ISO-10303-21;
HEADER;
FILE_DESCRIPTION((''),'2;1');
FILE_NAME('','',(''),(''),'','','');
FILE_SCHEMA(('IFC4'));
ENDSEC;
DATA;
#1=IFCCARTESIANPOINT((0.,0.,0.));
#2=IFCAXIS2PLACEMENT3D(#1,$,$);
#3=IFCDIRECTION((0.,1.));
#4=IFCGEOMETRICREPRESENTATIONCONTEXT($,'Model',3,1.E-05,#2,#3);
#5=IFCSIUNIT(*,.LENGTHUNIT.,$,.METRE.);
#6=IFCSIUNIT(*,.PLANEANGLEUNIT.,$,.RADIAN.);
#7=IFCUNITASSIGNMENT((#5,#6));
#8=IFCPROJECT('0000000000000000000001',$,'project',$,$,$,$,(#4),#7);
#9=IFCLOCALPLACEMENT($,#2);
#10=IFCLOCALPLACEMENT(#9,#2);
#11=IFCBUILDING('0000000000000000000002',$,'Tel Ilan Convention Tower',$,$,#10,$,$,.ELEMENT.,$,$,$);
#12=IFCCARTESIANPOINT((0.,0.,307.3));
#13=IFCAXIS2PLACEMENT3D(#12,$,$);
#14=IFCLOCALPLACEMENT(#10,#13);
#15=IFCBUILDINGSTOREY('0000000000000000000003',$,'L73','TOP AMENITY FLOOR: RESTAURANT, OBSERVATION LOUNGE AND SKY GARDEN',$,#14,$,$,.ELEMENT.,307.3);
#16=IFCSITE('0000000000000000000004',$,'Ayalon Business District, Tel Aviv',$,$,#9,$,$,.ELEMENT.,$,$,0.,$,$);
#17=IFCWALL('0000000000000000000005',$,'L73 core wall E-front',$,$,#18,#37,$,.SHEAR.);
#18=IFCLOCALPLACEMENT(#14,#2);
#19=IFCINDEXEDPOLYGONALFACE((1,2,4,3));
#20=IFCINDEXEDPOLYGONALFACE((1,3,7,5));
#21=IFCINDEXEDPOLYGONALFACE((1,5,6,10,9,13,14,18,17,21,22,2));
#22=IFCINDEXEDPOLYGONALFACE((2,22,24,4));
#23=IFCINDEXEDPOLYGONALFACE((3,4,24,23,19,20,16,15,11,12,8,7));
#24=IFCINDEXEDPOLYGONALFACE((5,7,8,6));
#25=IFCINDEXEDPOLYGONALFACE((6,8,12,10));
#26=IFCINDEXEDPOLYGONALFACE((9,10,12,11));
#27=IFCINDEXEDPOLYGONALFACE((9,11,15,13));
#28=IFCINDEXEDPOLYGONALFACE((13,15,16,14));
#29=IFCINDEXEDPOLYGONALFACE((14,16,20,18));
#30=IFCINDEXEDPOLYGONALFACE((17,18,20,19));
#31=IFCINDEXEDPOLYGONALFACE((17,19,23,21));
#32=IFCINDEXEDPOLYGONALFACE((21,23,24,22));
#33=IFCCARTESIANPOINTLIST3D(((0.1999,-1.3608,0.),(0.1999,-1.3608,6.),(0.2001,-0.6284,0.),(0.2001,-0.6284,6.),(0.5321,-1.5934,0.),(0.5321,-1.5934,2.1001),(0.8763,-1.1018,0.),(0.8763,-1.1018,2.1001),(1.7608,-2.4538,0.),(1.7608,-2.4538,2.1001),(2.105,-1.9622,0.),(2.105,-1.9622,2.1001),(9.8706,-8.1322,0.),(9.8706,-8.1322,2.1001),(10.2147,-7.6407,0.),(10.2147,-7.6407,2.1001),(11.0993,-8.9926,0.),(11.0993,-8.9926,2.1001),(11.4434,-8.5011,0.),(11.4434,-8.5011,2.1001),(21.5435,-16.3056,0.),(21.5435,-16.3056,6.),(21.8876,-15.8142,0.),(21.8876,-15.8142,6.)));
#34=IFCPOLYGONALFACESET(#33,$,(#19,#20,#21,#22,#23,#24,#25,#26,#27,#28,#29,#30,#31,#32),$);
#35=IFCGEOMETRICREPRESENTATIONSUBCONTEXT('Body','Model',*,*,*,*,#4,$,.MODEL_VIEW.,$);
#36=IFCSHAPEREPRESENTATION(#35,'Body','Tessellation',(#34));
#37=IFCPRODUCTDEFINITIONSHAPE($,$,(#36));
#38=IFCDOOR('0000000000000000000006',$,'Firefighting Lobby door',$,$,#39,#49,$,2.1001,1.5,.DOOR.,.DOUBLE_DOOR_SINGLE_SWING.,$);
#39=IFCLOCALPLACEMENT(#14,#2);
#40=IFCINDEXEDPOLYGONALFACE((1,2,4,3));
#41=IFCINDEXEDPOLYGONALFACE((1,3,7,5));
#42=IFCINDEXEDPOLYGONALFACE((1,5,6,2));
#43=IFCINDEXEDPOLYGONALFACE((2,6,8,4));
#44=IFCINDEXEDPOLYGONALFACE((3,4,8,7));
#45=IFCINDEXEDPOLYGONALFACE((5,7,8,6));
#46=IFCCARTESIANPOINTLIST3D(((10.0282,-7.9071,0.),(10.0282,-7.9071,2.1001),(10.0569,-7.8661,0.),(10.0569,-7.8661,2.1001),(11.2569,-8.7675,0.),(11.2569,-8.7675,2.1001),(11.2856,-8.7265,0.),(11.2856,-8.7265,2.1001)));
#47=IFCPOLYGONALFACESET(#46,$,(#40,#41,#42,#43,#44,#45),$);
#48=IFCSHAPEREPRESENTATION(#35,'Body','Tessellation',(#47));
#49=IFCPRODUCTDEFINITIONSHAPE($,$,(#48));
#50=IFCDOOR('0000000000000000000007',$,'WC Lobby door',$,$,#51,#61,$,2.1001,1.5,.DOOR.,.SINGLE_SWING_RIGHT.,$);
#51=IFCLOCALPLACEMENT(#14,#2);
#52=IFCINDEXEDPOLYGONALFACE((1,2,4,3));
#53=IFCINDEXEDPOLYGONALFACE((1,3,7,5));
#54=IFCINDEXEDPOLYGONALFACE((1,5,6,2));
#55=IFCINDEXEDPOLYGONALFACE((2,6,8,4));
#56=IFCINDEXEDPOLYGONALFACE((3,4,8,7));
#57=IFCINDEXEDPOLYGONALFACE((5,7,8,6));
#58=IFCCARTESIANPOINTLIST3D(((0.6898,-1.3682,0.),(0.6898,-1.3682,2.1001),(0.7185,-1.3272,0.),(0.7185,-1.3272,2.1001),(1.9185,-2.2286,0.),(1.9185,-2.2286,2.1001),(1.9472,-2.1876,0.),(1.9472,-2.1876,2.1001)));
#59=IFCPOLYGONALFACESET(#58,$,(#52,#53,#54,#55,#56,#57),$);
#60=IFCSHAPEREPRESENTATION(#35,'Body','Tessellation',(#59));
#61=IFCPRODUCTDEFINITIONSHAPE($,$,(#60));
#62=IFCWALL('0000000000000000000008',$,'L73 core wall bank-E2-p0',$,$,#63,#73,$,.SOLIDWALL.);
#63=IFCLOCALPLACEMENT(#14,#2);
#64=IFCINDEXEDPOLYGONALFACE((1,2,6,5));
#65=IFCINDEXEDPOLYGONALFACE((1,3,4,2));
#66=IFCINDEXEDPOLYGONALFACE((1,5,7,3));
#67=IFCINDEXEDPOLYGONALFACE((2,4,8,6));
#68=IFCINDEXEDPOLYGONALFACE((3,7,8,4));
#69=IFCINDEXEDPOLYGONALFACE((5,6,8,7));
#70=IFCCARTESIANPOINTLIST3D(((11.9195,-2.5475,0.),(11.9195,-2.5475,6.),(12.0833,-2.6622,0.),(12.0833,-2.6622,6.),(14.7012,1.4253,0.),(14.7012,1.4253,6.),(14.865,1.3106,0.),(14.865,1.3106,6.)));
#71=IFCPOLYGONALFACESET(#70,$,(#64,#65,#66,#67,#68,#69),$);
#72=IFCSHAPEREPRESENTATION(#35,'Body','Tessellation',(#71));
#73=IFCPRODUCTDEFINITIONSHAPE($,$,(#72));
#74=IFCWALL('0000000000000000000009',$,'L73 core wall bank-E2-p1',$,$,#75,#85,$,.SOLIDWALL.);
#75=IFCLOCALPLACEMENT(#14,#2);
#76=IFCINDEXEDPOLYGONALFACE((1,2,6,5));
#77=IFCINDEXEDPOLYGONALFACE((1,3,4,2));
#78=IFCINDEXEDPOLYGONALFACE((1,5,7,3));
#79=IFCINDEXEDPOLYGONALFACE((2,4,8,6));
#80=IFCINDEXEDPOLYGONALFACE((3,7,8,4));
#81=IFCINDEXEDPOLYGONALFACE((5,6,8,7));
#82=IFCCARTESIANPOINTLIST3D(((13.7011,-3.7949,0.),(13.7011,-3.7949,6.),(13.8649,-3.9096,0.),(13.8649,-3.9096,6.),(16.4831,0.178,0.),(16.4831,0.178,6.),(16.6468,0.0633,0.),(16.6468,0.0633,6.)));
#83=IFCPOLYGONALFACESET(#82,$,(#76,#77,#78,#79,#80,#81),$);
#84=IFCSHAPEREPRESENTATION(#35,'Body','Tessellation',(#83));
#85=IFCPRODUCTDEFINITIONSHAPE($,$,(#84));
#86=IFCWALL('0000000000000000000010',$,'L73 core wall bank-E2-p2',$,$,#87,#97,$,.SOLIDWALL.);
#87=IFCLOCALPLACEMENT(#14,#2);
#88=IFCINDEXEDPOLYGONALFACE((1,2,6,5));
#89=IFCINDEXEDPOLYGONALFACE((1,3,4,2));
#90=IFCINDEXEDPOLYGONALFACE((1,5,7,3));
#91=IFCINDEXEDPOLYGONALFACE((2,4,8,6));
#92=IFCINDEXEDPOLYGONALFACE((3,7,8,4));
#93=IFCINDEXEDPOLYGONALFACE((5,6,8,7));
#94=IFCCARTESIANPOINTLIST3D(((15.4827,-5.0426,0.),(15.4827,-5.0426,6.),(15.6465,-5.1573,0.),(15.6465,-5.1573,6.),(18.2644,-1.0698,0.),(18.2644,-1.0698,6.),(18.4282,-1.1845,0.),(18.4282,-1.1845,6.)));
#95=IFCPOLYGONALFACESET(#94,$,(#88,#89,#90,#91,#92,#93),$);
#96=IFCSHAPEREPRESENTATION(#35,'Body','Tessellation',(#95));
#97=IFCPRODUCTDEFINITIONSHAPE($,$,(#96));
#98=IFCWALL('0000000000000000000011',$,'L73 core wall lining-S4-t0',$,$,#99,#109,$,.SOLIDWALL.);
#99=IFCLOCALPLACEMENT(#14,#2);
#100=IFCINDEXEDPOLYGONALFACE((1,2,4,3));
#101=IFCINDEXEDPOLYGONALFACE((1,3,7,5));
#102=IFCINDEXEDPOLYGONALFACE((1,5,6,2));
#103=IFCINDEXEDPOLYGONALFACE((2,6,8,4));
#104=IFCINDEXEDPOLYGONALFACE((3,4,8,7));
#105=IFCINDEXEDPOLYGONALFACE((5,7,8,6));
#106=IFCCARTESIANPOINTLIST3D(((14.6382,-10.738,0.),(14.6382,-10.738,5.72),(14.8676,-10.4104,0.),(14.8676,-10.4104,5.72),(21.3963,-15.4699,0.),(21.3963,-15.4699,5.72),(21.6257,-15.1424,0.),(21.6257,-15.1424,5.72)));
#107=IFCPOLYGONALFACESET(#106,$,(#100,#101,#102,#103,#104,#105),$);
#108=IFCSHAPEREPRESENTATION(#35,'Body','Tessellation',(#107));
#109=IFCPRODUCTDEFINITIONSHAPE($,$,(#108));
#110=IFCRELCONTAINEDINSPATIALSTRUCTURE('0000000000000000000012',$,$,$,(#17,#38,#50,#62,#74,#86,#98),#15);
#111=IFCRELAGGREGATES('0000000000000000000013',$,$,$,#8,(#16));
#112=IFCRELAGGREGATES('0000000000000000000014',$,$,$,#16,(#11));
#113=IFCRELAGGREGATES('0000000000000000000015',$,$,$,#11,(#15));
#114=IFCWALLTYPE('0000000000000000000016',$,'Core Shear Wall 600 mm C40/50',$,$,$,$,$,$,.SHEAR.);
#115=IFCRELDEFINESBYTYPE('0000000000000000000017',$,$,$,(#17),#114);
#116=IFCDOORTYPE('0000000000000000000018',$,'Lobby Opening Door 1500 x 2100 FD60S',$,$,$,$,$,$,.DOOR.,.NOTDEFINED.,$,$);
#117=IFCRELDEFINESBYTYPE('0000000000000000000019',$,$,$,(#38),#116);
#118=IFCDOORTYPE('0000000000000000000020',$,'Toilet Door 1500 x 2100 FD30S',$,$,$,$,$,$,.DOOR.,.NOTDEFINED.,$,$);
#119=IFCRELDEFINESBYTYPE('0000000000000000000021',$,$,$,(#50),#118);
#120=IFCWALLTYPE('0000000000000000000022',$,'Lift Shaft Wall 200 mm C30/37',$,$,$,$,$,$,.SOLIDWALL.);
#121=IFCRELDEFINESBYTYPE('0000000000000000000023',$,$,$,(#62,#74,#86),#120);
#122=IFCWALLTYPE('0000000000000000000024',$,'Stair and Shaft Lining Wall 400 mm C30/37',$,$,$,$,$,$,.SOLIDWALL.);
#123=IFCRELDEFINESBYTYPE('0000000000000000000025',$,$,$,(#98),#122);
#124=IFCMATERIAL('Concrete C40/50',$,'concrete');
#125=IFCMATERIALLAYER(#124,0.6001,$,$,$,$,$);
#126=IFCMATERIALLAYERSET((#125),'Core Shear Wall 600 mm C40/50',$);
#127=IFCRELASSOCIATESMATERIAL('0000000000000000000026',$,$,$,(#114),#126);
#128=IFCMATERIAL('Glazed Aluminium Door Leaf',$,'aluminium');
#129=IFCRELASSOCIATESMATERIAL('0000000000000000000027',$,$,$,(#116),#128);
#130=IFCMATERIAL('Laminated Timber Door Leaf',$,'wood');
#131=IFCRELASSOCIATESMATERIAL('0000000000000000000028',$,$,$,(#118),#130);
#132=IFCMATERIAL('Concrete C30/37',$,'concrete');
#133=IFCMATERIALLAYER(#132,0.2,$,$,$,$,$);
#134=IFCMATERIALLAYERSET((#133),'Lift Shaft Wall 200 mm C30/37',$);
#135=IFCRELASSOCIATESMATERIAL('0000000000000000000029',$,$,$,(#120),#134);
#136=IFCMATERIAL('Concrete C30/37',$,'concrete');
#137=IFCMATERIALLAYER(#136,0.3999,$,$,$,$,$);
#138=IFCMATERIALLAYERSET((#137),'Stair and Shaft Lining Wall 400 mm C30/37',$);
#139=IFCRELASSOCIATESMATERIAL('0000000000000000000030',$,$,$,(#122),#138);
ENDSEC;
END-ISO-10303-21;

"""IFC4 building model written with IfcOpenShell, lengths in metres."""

from ifc_helpers import new_model, si_unit, direction, frame, frame_2d, origin, place, context, subcontext, project, spatial, polyline, rectangle, outline, extrude, material, layer, layer_set, type_object, element, fill, save


model = new_model("IFC4")

# Units and contexts
model_context = context("Model", 3, precision=1e-05, world=origin(), true_north=direction((0.0, 1.0)))
body_context = subcontext(model_context, "Body", "Model", "MODEL_VIEW")
ifc_project = project(units=[si_unit("LENGTHUNIT", "METRE"), si_unit("PLANEANGLEUNIT", "RADIAN")], contexts=[model_context])

# Site, building, storey
site_placement = place(None, origin())
site = spatial("IfcSite", under=ifc_project, at=site_placement, Name="Ayalon Business District, Tel Aviv", CompositionType="ELEMENT", RefElevation=0.0)
building_placement = place(site_placement, origin())
building = spatial("IfcBuilding", under=site, at=building_placement, Name="Tel Ilan Convention Tower", CompositionType="ELEMENT")
storey_placement = place(building_placement, frame((0.0, 0.0, 307.3)))
storey = spatial("IfcBuildingStorey", under=building, at=storey_placement, Name="L73", Description="TOP AMENITY FLOOR: RESTAURANT, OBSERVATION LOUNGE AND SKY GARDEN", CompositionType="ELEMENT", Elevation=307.3)

# Wall, openings, doors
ifc_material_1 = material(Name="Concrete C40/50", Category="concrete")
ifc_layer_1 = layer(ifc_material_1, 0.6001)
ifc_layer_set_1 = layer_set([ifc_layer_1], Name="Core Shear Wall 600 mm C40/50")
wall_type_1 = type_object("IfcWallType", Name="Core Shear Wall 600 mm C40/50", PredefinedType="SHEAR", material=ifc_layer_set_1)
wall_1_placement = place(storey_placement, frame((0.0278, -0.874, 0.0), z_axis=(0.0, 0.0, 1.0), x_axis=(0.81915, -0.573579, 0.0)))
wall_1 = element("IfcWall", 1, at=wall_1_placement, inside=storey, type_object=wall_type_1, Name="L73 core wall E-front", PredefinedType="SHEAR", context=body_context, shape_type="SweptSolid", body=[
    extrude(outline(polyline([(26.4758, 0.3), (0.0002, 0.3), (0.4202, -0.3), (26.4758, -0.2998), (26.4758, 0.3)])), origin(), (0.0, 0.0, 1.0), 6.0),
])
opening_1_placement = place(wall_1_placement, frame((0.8257, 0.0, 0.0)))
opening_1 = element("IfcOpeningElement", 2, at=opening_1_placement, cuts=wall_1, PredefinedType="OPENING", context=body_context, shape_type="SweptSolid", body=[
    extrude(rectangle(XDim=1.5, YDim=2.1001, at=frame_2d((0.75, 1.05))), frame((0.0, 0.3101, 0.0), z_axis=(0.0, -1.0, 0.0), x_axis=(1.0, 0.0, 0.0)), (0.0, 0.0, 1.0), 0.6201),
])
opening_2_placement = place(wall_1_placement, frame((12.2258, 0.0, 0.0)))
opening_2 = element("IfcOpeningElement", 3, at=opening_2_placement, cuts=wall_1, PredefinedType="OPENING", context=body_context, shape_type="SweptSolid", body=[
    extrude(rectangle(XDim=1.5, YDim=2.1001, at=frame_2d((0.75, 1.05))), frame((0.0, 0.3101, 0.0), z_axis=(0.0, -1.0, 0.0), x_axis=(1.0, 0.0, 0.0)), (0.0, 0.0, 1.0), 0.6201),
])
ifc_material_2 = material(Name="Glazed Aluminium Door Leaf", Category="aluminium")
door_type_1 = type_object("IfcDoorType", Name="Lobby Opening Door 1500 x 2100 FD60S", OperationType="NOTDEFINED", PredefinedType="DOOR", material=ifc_material_2)
door_1_placement = place(opening_2_placement, origin())
door_1 = element("IfcDoor", 4, at=door_1_placement, inside=storey, type_object=door_type_1, Name="Firefighting Lobby door", OperationType="DOUBLE_DOOR_SINGLE_SWING", OverallHeight=2.1001, OverallWidth=1.5, PredefinedType="DOOR", context=body_context, shape_type="SweptSolid", body=[
    extrude(rectangle(XDim=1.5, YDim=2.1001, at=frame_2d((0.75, 1.05))), frame((0.0, 0.0249, 0.0), z_axis=(0.0, -1.0, 0.0), x_axis=(1.0, 0.0, 0.0)), (0.0, 0.0, 1.0), 0.05),
])
fill(opening_2, door_1)
ifc_material_3 = material(Name="Laminated Timber Door Leaf", Category="wood")
door_type_2 = type_object("IfcDoorType", Name="Toilet Door 1500 x 2100 FD30S", OperationType="NOTDEFINED", PredefinedType="DOOR", material=ifc_material_3)
door_2_placement = place(opening_1_placement, origin())
door_2 = element("IfcDoor", 5, at=door_2_placement, inside=storey, type_object=door_type_2, Name="WC Lobby door", OperationType="SINGLE_SWING_RIGHT", OverallHeight=2.1001, OverallWidth=1.5, PredefinedType="DOOR", context=body_context, shape_type="SweptSolid", body=[
    extrude(rectangle(XDim=1.5, YDim=2.1001, at=frame_2d((0.75, 1.05))), frame((0.0, 0.0249, 0.0), z_axis=(0.0, -1.0, 0.0), x_axis=(1.0, 0.0, 0.0)), (0.0, 0.0, 1.0), 0.05),
])
fill(opening_1, door_2)

# Walls
ifc_material_4 = material(Name="Concrete C30/37", Category="concrete")
ifc_layer_2 = layer(ifc_material_4, 0.2)
ifc_layer_set_2 = layer_set([ifc_layer_2], Name="Lift Shaft Wall 200 mm C30/37")
wall_type_2 = type_object("IfcWallType", Name="Lift Shaft Wall 200 mm C30/37", PredefinedType="SOLIDWALL", material=ifc_layer_set_2)
wall_2_placement = place(storey_placement, frame((12.0015, -2.6047, 0.0), z_axis=(0.0, 0.0, 1.0), x_axis=(0.57356, 0.819163, 0.0)))
element("IfcWall", 6, at=wall_2_placement, inside=storey, type_object=wall_type_2, Name="L73 core wall bank-E2-p0", PredefinedType="SOLIDWALL", context=body_context, shape_type="SweptSolid", body=[
    extrude(rectangle(XDim=4.8499, YDim=0.2, at=frame_2d((2.4248, 0.0))), origin(), (0.0, 0.0, 1.0), 6.0),
])
wall_3_placement = place(storey_placement, frame((13.783, -3.8523, 0.0), z_axis=(0.0, 0.0, 1.0), x_axis=(0.573594, 0.81914, 0.0)))
element("IfcWall", 7, at=wall_3_placement, inside=storey, type_object=wall_type_2, Name="L73 core wall bank-E2-p1", PredefinedType="SOLIDWALL", context=body_context, shape_type="SweptSolid", body=[
    extrude(rectangle(XDim=4.8501, YDim=0.2, at=frame_2d((2.425, 0.0))), origin(), (0.0, 0.0, 1.0), 6.0),
])
wall_4_placement = place(storey_placement, frame((15.5647, -5.0999, 0.0), z_axis=(0.0, 0.0, 1.0), x_axis=(0.57356, 0.819163, 0.0)))
element("IfcWall", 8, at=wall_4_placement, inside=storey, type_object=wall_type_2, Name="L73 core wall bank-E2-p2", PredefinedType="SOLIDWALL", context=body_context, shape_type="SweptSolid", body=[
    extrude(rectangle(XDim=4.8499, YDim=0.2, at=frame_2d((2.4248, 0.0))), origin(), (0.0, 0.0, 1.0), 6.0),
])
ifc_material_5 = material(Name="Concrete C30/37", Category="concrete")
ifc_layer_3 = layer(ifc_material_5, 0.3999)
ifc_layer_set_3 = layer_set([ifc_layer_3], Name="Stair and Shaft Lining Wall 400 mm C30/37")
wall_type_3 = type_object("IfcWallType", Name="Stair and Shaft Lining Wall 400 mm C30/37", PredefinedType="SOLIDWALL", material=ifc_layer_set_3)
wall_5_placement = place(storey_placement, frame((14.7529, -10.5742, 0.0), z_axis=(0.0, 0.0, 1.0), x_axis=(0.819158, -0.573568, 0.0)))
element("IfcWall", 9, at=wall_5_placement, inside=storey, type_object=wall_type_3, Name="L73 core wall lining-S4-t0", PredefinedType="SOLIDWALL", context=body_context, shape_type="SweptSolid", body=[
    extrude(rectangle(XDim=8.25, YDim=0.3999, at=frame_2d((4.125, 0.0))), origin(), (0.0, 0.0, 1.0), 5.72),
])

save(model, "model.ifc")
